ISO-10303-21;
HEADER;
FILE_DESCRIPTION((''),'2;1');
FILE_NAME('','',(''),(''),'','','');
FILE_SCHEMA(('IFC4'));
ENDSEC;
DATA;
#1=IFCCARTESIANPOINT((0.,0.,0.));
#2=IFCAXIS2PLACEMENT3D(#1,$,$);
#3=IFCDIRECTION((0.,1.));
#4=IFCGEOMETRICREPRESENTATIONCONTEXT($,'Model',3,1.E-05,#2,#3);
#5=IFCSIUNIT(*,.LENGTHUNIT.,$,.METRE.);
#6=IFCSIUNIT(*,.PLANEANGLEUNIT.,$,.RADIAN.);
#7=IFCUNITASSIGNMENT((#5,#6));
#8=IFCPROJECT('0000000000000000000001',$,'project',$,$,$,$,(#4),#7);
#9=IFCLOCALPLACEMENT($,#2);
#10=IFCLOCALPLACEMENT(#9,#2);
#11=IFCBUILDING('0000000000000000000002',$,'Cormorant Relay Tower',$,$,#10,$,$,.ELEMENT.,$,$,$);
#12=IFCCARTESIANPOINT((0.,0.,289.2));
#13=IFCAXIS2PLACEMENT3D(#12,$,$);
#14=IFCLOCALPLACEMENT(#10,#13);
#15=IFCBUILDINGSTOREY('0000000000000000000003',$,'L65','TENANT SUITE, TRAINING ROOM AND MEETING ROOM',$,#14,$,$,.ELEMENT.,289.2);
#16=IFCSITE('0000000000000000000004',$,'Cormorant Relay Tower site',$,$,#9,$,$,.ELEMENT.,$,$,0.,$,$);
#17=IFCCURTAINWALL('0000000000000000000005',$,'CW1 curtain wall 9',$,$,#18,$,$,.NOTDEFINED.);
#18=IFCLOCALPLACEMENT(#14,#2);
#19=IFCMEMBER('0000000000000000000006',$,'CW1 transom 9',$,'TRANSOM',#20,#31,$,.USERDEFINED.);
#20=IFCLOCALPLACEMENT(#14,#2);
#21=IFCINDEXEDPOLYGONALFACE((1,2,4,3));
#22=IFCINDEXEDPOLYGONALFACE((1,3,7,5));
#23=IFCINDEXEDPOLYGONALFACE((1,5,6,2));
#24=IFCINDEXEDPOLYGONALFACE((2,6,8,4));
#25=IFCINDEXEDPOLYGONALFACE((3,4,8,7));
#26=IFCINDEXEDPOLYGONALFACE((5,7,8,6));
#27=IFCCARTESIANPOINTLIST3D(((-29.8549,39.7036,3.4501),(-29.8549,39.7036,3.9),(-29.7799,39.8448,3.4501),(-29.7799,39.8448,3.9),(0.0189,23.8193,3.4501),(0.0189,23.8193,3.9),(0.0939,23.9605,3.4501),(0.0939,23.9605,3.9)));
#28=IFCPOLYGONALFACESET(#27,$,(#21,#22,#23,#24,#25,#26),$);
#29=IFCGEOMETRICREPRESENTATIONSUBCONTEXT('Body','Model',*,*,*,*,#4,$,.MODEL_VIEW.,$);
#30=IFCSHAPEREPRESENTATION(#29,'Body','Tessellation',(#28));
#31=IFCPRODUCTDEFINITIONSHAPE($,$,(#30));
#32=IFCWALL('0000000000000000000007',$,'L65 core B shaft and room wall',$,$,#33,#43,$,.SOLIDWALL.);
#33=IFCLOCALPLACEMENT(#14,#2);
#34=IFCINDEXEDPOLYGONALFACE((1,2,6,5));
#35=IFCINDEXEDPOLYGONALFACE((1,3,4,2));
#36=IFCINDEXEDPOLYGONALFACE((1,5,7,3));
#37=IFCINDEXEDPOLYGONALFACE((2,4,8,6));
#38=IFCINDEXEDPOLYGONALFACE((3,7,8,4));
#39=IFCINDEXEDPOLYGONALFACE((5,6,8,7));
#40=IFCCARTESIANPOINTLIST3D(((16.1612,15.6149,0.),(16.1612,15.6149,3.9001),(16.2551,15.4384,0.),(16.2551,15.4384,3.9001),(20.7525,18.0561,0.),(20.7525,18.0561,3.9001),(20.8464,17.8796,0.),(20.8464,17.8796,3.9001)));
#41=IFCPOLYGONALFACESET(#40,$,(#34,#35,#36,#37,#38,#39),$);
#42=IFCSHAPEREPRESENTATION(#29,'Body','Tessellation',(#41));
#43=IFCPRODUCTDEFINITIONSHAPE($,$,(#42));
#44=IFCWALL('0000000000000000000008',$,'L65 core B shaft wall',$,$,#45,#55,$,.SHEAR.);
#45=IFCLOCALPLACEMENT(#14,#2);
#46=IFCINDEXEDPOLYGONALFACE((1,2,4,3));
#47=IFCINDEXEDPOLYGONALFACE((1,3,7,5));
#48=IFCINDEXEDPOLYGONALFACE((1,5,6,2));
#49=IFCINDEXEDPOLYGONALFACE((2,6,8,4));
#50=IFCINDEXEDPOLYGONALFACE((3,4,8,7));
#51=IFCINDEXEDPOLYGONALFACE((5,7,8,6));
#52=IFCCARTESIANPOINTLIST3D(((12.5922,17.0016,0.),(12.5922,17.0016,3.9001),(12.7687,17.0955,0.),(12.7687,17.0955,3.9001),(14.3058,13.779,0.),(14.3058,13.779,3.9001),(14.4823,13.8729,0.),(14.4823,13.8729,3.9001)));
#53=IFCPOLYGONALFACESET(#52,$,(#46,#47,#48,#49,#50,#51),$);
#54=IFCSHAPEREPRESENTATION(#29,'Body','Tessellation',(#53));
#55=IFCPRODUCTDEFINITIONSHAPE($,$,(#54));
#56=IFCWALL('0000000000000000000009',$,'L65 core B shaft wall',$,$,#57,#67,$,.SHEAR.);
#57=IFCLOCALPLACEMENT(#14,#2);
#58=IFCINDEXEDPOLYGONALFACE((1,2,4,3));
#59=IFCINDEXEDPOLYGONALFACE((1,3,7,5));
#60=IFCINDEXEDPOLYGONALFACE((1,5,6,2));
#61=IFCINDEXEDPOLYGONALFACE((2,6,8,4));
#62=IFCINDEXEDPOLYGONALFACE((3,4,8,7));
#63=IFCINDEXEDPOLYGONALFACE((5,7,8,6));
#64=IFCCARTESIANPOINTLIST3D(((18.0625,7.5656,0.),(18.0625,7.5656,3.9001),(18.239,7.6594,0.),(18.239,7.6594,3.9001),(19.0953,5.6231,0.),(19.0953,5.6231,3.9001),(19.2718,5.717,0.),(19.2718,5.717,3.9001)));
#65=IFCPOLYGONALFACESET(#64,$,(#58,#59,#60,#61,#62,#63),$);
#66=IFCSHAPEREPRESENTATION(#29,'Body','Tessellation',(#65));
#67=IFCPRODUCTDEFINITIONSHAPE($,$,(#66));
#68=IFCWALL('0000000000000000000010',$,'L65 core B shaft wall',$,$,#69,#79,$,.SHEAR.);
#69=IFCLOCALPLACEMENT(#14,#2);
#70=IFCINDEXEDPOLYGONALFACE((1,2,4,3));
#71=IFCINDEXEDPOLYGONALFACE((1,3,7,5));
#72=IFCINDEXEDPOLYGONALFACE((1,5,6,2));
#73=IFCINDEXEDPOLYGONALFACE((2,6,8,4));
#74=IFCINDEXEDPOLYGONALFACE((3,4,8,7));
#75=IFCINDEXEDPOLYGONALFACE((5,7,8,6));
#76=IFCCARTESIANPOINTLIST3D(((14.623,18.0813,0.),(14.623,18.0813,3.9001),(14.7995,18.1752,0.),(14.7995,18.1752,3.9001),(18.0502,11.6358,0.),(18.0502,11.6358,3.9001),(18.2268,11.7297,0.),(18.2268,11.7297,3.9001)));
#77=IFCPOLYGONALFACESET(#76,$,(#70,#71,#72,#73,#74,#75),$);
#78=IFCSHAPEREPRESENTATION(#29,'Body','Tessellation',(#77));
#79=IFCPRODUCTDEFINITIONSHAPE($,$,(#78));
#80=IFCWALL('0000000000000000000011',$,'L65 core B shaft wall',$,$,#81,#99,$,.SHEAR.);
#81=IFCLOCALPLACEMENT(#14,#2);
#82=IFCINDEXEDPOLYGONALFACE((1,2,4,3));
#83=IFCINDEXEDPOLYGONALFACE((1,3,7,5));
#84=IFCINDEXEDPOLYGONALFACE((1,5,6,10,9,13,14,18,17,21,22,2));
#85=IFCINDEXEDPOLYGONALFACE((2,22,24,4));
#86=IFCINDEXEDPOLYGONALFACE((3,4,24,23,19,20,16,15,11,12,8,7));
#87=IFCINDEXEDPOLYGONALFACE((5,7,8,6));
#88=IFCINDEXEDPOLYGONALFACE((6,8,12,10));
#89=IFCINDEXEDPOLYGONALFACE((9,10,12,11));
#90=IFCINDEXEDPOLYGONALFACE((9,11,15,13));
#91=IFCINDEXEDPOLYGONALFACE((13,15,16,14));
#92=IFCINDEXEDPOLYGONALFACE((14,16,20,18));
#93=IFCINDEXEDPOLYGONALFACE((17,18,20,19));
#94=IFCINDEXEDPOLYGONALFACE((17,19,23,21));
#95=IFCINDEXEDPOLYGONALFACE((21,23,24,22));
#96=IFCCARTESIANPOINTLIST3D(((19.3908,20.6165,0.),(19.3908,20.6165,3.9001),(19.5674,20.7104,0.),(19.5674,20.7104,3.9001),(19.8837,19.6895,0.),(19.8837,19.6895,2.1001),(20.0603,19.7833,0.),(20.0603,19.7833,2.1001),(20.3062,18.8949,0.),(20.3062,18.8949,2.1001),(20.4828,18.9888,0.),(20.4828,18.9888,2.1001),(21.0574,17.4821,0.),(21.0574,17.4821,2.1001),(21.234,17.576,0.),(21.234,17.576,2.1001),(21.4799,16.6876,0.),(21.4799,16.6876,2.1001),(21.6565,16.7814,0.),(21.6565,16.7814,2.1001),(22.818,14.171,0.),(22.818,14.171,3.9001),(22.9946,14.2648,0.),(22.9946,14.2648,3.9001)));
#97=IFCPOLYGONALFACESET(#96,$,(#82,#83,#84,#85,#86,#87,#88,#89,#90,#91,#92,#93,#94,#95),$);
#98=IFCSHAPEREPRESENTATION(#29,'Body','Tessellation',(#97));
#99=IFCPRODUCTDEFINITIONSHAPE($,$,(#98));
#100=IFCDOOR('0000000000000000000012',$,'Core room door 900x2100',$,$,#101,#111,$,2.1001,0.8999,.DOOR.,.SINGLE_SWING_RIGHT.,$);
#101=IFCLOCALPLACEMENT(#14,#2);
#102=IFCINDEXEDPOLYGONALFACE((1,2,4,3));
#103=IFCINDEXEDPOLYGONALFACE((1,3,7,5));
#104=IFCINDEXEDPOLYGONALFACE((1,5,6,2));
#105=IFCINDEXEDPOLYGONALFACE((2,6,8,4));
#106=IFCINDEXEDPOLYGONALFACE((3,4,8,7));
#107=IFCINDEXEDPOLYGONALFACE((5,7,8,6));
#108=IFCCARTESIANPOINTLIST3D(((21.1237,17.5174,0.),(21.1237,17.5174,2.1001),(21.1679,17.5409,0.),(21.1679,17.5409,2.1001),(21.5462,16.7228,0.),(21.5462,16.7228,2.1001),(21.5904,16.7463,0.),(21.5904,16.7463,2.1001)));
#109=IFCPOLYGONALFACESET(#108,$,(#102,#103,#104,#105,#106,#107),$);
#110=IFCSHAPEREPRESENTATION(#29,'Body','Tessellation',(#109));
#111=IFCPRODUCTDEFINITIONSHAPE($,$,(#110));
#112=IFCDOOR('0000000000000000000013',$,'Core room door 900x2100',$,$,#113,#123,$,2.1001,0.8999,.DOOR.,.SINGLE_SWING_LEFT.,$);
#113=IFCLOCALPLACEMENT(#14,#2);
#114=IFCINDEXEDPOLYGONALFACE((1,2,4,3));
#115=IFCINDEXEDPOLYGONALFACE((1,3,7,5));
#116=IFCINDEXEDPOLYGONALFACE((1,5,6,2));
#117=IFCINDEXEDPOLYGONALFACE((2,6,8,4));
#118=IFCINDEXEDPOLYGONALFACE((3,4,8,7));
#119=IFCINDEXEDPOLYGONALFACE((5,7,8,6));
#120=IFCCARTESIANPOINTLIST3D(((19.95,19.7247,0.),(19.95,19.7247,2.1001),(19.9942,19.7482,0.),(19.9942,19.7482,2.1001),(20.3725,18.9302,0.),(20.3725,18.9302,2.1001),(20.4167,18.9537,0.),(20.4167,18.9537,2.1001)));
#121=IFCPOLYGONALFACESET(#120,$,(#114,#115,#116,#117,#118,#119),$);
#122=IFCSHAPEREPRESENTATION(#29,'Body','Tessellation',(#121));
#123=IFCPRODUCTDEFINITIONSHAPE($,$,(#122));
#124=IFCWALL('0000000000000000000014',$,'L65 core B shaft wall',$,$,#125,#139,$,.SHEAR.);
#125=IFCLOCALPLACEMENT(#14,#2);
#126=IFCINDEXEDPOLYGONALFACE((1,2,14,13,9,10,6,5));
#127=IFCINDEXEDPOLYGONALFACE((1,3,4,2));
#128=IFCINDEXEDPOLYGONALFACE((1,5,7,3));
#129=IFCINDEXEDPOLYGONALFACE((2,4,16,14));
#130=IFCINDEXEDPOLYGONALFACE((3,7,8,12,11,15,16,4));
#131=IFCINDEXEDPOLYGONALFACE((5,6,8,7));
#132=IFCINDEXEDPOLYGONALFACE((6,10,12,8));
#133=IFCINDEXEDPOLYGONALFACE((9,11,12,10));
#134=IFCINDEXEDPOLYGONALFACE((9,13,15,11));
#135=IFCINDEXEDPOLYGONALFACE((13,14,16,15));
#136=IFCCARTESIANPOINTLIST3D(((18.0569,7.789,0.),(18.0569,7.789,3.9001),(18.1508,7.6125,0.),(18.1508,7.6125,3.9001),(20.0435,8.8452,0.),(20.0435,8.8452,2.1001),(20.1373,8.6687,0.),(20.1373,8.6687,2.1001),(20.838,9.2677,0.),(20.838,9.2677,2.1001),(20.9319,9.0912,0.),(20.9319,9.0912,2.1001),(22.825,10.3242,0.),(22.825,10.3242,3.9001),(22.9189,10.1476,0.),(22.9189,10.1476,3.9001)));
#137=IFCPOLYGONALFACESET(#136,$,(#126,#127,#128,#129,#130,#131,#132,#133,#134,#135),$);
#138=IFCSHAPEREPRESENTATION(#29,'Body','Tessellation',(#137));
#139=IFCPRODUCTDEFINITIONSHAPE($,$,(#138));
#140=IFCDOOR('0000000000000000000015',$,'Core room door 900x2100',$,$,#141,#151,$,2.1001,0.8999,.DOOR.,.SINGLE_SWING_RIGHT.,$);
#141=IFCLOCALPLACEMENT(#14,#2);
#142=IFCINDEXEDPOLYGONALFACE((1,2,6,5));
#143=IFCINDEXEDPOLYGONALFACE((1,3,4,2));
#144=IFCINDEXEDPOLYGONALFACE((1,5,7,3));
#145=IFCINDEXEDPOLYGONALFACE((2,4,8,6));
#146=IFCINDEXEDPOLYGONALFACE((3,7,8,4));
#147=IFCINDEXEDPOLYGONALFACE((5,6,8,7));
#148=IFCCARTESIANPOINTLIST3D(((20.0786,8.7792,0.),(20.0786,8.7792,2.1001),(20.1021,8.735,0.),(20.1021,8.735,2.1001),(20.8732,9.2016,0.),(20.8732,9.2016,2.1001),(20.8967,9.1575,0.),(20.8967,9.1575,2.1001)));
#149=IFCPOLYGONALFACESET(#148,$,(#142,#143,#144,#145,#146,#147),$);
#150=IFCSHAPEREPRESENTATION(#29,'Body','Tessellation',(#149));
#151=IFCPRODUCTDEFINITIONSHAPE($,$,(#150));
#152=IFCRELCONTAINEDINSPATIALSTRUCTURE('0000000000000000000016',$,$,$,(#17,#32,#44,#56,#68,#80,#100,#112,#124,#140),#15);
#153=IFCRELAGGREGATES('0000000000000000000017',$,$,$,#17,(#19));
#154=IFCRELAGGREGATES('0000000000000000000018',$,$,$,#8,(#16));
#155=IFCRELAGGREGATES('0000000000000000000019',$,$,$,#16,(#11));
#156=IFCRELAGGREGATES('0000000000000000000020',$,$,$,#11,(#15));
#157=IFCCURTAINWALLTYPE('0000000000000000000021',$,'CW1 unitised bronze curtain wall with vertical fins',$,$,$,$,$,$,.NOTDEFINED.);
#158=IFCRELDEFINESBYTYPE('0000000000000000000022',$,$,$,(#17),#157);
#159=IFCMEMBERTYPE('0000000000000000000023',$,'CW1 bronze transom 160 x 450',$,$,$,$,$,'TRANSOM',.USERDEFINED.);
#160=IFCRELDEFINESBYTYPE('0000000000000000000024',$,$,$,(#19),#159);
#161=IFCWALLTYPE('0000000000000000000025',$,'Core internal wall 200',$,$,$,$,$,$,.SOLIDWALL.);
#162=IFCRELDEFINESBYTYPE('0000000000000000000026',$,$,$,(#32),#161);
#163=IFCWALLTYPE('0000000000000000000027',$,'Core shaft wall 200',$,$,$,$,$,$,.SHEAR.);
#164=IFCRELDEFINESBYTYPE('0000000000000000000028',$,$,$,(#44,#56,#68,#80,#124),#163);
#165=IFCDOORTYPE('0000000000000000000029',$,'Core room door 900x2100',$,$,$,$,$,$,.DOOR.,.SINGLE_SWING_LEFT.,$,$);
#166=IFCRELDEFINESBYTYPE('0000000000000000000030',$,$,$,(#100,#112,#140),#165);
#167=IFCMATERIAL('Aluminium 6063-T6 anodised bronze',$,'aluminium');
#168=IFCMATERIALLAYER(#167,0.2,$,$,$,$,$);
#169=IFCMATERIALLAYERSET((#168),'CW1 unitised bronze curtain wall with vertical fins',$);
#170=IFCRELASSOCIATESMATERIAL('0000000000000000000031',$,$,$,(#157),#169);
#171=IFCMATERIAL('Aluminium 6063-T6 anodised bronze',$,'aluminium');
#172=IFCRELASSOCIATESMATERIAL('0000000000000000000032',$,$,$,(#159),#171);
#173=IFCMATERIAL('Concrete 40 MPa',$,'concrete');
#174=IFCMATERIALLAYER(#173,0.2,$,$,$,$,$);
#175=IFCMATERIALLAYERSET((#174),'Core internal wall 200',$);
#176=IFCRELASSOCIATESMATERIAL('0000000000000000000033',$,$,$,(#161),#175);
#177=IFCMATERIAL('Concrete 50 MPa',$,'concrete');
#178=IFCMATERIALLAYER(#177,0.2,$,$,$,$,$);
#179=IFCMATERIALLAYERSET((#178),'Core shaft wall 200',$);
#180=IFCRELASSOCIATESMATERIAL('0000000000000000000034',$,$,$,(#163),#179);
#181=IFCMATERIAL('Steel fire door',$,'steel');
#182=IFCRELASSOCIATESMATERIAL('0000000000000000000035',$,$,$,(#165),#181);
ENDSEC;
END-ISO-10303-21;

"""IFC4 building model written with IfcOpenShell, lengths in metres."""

from ifc_helpers import new_model, si_unit, direction, frame, frame_2d, origin, origin_2d, place, context, subcontext, project, spatial, rectangle, extrude, material, layer, layer_set, material_profile, profile_set, type_object, element, fill, aggregate, save


model = new_model("IFC4")

# Units and contexts
model_context = context("Model", 3, precision=1e-05, world=origin(), true_north=direction((0.0, 1.0)))
body_context = subcontext(model_context, "Body", "Model", "MODEL_VIEW")
ifc_project = project(units=[si_unit("LENGTHUNIT", "METRE"), si_unit("PLANEANGLEUNIT", "RADIAN")], contexts=[model_context])

# Site, building, storey
site_placement = place(None, origin())
site = spatial("IfcSite", under=ifc_project, at=site_placement, Name="Cormorant Relay Tower site", CompositionType="ELEMENT", RefElevation=0.0)
building_placement = place(site_placement, origin())
building = spatial("IfcBuilding", under=site, at=building_placement, Name="Cormorant Relay Tower", CompositionType="ELEMENT")
storey_placement = place(building_placement, frame((0.0, 0.0, 289.2)))
storey = spatial("IfcBuildingStorey", under=building, at=storey_placement, Name="L65", Description="TENANT SUITE, TRAINING ROOM AND MEETING ROOM", CompositionType="ELEMENT", Elevation=289.2)

# Curtain wall, member
ifc_material_1 = material(Name="Aluminium 6063-T6 anodised bronze", Category="aluminium")
ifc_layer_1 = layer(ifc_material_1, 0.2)
ifc_layer_set_1 = layer_set([ifc_layer_1], Name="CW1 unitised bronze curtain wall with vertical fins")
curtain_wall_type = type_object("IfcCurtainWallType", Name="CW1 unitised bronze curtain wall with vertical fins", PredefinedType="NOTDEFINED", material=ifc_layer_set_1)
curtain_wall_placement = place(storey_placement, origin())
curtain_wall = element("IfcCurtainWall", 1, at=curtain_wall_placement, inside=storey, type_object=curtain_wall_type, Name="CW1 curtain wall 9", PredefinedType="NOTDEFINED")
ifc_material_2 = material(Name="Aluminium 6063-T6 anodised bronze", Category="aluminium")
ifc_material_profile_1 = material_profile(ifc_material_2, rectangle(XDim=0.1599, YDim=0.45, at=origin_2d()), Name="AL 160x450")
ifc_profile_set_1 = profile_set([ifc_material_profile_1], Name="Aluminium 6063-T6 anodised bronze")
member_type = type_object("IfcMemberType", Name="CW1 bronze transom 160 x 450", ElementType="TRANSOM", PredefinedType="USERDEFINED", material=ifc_profile_set_1)
member_placement = place(storey_placement, frame((0.0564, 23.8899, 3.675), z_axis=(-0.882946, 0.469474, 0.0), x_axis=(-0.469474, -0.882946, 0.0)))
member = element("IfcMember", 2, at=member_placement, type_object=member_type, Name="CW1 transom 9", ObjectType="TRANSOM", PredefinedType="USERDEFINED", context=body_context, shape_type="SweptSolid", body=[
    extrude(rectangle(XDim=0.1599, YDim=0.45, at=origin_2d()), origin(), (0.0, 0.0, 1.0), 33.8342),
])
aggregate(curtain_wall, [member])

# Walls
ifc_material_3 = material(Name="Concrete 40 MPa", Category="concrete")
ifc_layer_2 = layer(ifc_material_3, 0.2)
ifc_layer_set_2 = layer_set([ifc_layer_2], Name="Core internal wall 200")
wall_type_1 = type_object("IfcWallType", Name="Core internal wall 200", PredefinedType="SOLIDWALL", material=ifc_layer_set_2)
wall_1_placement = place(storey_placement, frame((16.208, 15.5266, 0.0), z_axis=(0.0, 0.0, 1.0), x_axis=(0.882954, 0.46946, 0.0)))
element("IfcWall", 3, at=wall_1_placement, inside=storey, type_object=wall_type_1, Name="L65 core B shaft and room wall", PredefinedType="SOLIDWALL", context=body_context, shape_type="SweptSolid", body=[
    extrude(rectangle(XDim=5.2, YDim=0.2, at=frame_2d((2.6001, 0.0))), origin(), (0.0, 0.0, 1.0), 3.9001),
])
ifc_material_4 = material(Name="Concrete 50 MPa", Category="concrete")
ifc_layer_3 = layer(ifc_material_4, 0.2)
ifc_layer_set_3 = layer_set([ifc_layer_3], Name="Core shaft wall 200")
wall_type_2 = type_object("IfcWallType", Name="Core shaft wall 200", PredefinedType="SHEAR", material=ifc_layer_set_3)
wall_2_placement = place(storey_placement, frame((14.394, 13.8259, 0.0), z_axis=(0.0, 0.0, 1.0), x_axis=(-0.469494, 0.882936, 0.0)))
element("IfcWall", 4, at=wall_2_placement, inside=storey, type_object=wall_type_2, Name="L65 core B shaft wall", PredefinedType="SHEAR", context=body_context, shape_type="SweptSolid", body=[
    extrude(rectangle(XDim=3.6499, YDim=0.2, at=frame_2d((1.825, 0.0))), origin(), (0.0, 0.0, 1.0), 3.9001),
])
wall_3_placement = place(storey_placement, frame((19.1836, 5.6699, 0.0), z_axis=(0.0, 0.0, 1.0), x_axis=(-0.469447, 0.88296, 0.0)))
element("IfcWall", 5, at=wall_3_placement, inside=storey, type_object=wall_type_2, Name="L65 core B shaft wall", PredefinedType="SHEAR", context=body_context, shape_type="SweptSolid", body=[
    extrude(rectangle(XDim=2.2, YDim=0.2, at=frame_2d((1.1001, 0.0))), origin(), (0.0, 0.0, 1.0), 3.9001),
])
wall_4_placement = place(storey_placement, frame((18.1384, 11.6829, 0.0), z_axis=(0.0, 0.0, 1.0), x_axis=(-0.46948, 0.882943, 0.0)))
element("IfcWall", 6, at=wall_4_placement, inside=storey, type_object=wall_type_2, Name="L65 core B shaft wall", PredefinedType="SHEAR", context=body_context, shape_type="SweptSolid", body=[
    extrude(rectangle(XDim=7.3, YDim=0.2, at=frame_2d((3.6499, 0.0))), origin(), (0.0, 0.0, 1.0), 3.9001),
])

# Wall, openings, doors
wall_5_placement = place(storey_placement, frame((22.9062, 14.218, 0.0), z_axis=(0.0, 0.0, 1.0), x_axis=(-0.46948, 0.882943, 0.0)))
wall_5 = element("IfcWall", 7, at=wall_5_placement, inside=storey, type_object=wall_type_2, Name="L65 core B shaft wall", PredefinedType="SHEAR", context=body_context, shape_type="SweptSolid", body=[
    extrude(rectangle(XDim=7.3, YDim=0.2, at=frame_2d((3.6499, 0.0))), origin(), (0.0, 0.0, 1.0), 3.9001),
])
opening_1_placement = place(wall_5_placement, frame((2.8501, 0.0, 0.0)))
opening_1 = element("IfcOpeningElement", 8, at=opening_1_placement, cuts=wall_5, PredefinedType="OPENING", context=body_context, shape_type="SweptSolid", body=[
    extrude(rectangle(XDim=0.8999, YDim=2.1001, at=frame_2d((0.45, 1.05))), frame((0.0, 0.1099, 0.0), z_axis=(0.0, -1.0, 0.0), x_axis=(1.0, 0.0, 0.0)), (0.0, 0.0, 1.0), 0.22),
])
opening_2_placement = place(wall_5_placement, frame((5.3501, 0.0, 0.0)))
opening_2 = element("IfcOpeningElement", 9, at=opening_2_placement, cuts=wall_5, PredefinedType="OPENING", context=body_context, shape_type="SweptSolid", body=[
    extrude(rectangle(XDim=0.8999, YDim=2.1001, at=frame_2d((0.45, 1.05))), frame((0.0, 0.1099, 0.0), z_axis=(0.0, -1.0, 0.0), x_axis=(1.0, 0.0, 0.0)), (0.0, 0.0, 1.0), 0.22),
])
ifc_material_5 = material(Name="Steel fire door", Category="steel")
door_type_1 = type_object("IfcDoorType", Name="Core room door 900x2100", OperationType="SINGLE_SWING_LEFT", PredefinedType="DOOR", material=ifc_material_5)
door_1_placement = place(opening_1_placement, origin())
door_1 = element("IfcDoor", 10, at=door_1_placement, inside=storey, type_object=door_type_1, Name="Core room door 900x2100", OperationType="SINGLE_SWING_RIGHT", OverallHeight=2.1001, OverallWidth=0.8999, PredefinedType="DOOR", context=body_context, shape_type="SweptSolid", body=[
    extrude(rectangle(XDim=0.8999, YDim=2.1001, at=frame_2d((0.45, 1.05))), frame((0.0, 0.0249, 0.0), z_axis=(0.0, -1.0, 0.0), x_axis=(1.0, 0.0, 0.0)), (0.0, 0.0, 1.0), 0.05),
])
fill(opening_1, door_1)
door_2_placement = place(opening_2_placement, origin())
door_2 = element("IfcDoor", 11, at=door_2_placement, inside=storey, type_object=door_type_1, Name="Core room door 900x2100", OperationType="SINGLE_SWING_LEFT", OverallHeight=2.1001, OverallWidth=0.8999, PredefinedType="DOOR", context=body_context, shape_type="SweptSolid", body=[
    extrude(rectangle(XDim=0.8999, YDim=2.1001, at=frame_2d((0.45, 1.05))), frame((0.0, 0.0249, 0.0), z_axis=(0.0, -1.0, 0.0), x_axis=(1.0, 0.0, 0.0)), (0.0, 0.0, 1.0), 0.05),
])
fill(opening_2, door_2)

# Wall, opening, door
wall_6_placement = place(storey_placement, frame((18.1038, 7.7007, 0.0), z_axis=(0.0, 0.0, 1.0), x_axis=(0.882953, 0.469462, 0.0)))
wall_6 = element("IfcWall", 12, at=wall_6_placement, inside=storey, type_object=wall_type_2, Name="L65 core B shaft wall", PredefinedType="SHEAR", context=body_context, shape_type="SweptSolid", body=[
    extrude(rectangle(XDim=5.4001, YDim=0.2, at=frame_2d((2.7002, 0.0))), origin(), (0.0, 0.0, 1.0), 3.9001),
])
opening_3_placement = place(wall_6_placement, frame((2.25, 0.0, 0.0)))
opening_3 = element("IfcOpeningElement", 13, at=opening_3_placement, cuts=wall_6, PredefinedType="OPENING", context=body_context, shape_type="SweptSolid", body=[
    extrude(rectangle(XDim=0.8999, YDim=2.1001, at=frame_2d((0.45, 1.05))), frame((0.0, 0.1099, 0.0), z_axis=(0.0, -1.0, 0.0), x_axis=(1.0, 0.0, 0.0)), (0.0, 0.0, 1.0), 0.22),
])
door_3_placement = place(opening_3_placement, frame((0.8999, 0.0, 0.0), z_axis=(0.0, 0.0, 1.0), x_axis=(-1.0, 0.0, 0.0)))
door_3 = element("IfcDoor", 14, at=door_3_placement, inside=storey, type_object=door_type_1, Name="Core room door 900x2100", OperationType="SINGLE_SWING_RIGHT", OverallHeight=2.1001, OverallWidth=0.8999, PredefinedType="DOOR", context=body_context, shape_type="SweptSolid", body=[
    extrude(rectangle(XDim=0.8999, YDim=2.1001, at=frame_2d((0.45, 1.05))), frame((0.0, 0.0249, 0.0), z_axis=(0.0, -1.0, 0.0), x_axis=(1.0, 0.0, 0.0)), (0.0, 0.0, 1.0), 0.05),
])
fill(opening_3, door_3)

save(model, "model.ifc")
